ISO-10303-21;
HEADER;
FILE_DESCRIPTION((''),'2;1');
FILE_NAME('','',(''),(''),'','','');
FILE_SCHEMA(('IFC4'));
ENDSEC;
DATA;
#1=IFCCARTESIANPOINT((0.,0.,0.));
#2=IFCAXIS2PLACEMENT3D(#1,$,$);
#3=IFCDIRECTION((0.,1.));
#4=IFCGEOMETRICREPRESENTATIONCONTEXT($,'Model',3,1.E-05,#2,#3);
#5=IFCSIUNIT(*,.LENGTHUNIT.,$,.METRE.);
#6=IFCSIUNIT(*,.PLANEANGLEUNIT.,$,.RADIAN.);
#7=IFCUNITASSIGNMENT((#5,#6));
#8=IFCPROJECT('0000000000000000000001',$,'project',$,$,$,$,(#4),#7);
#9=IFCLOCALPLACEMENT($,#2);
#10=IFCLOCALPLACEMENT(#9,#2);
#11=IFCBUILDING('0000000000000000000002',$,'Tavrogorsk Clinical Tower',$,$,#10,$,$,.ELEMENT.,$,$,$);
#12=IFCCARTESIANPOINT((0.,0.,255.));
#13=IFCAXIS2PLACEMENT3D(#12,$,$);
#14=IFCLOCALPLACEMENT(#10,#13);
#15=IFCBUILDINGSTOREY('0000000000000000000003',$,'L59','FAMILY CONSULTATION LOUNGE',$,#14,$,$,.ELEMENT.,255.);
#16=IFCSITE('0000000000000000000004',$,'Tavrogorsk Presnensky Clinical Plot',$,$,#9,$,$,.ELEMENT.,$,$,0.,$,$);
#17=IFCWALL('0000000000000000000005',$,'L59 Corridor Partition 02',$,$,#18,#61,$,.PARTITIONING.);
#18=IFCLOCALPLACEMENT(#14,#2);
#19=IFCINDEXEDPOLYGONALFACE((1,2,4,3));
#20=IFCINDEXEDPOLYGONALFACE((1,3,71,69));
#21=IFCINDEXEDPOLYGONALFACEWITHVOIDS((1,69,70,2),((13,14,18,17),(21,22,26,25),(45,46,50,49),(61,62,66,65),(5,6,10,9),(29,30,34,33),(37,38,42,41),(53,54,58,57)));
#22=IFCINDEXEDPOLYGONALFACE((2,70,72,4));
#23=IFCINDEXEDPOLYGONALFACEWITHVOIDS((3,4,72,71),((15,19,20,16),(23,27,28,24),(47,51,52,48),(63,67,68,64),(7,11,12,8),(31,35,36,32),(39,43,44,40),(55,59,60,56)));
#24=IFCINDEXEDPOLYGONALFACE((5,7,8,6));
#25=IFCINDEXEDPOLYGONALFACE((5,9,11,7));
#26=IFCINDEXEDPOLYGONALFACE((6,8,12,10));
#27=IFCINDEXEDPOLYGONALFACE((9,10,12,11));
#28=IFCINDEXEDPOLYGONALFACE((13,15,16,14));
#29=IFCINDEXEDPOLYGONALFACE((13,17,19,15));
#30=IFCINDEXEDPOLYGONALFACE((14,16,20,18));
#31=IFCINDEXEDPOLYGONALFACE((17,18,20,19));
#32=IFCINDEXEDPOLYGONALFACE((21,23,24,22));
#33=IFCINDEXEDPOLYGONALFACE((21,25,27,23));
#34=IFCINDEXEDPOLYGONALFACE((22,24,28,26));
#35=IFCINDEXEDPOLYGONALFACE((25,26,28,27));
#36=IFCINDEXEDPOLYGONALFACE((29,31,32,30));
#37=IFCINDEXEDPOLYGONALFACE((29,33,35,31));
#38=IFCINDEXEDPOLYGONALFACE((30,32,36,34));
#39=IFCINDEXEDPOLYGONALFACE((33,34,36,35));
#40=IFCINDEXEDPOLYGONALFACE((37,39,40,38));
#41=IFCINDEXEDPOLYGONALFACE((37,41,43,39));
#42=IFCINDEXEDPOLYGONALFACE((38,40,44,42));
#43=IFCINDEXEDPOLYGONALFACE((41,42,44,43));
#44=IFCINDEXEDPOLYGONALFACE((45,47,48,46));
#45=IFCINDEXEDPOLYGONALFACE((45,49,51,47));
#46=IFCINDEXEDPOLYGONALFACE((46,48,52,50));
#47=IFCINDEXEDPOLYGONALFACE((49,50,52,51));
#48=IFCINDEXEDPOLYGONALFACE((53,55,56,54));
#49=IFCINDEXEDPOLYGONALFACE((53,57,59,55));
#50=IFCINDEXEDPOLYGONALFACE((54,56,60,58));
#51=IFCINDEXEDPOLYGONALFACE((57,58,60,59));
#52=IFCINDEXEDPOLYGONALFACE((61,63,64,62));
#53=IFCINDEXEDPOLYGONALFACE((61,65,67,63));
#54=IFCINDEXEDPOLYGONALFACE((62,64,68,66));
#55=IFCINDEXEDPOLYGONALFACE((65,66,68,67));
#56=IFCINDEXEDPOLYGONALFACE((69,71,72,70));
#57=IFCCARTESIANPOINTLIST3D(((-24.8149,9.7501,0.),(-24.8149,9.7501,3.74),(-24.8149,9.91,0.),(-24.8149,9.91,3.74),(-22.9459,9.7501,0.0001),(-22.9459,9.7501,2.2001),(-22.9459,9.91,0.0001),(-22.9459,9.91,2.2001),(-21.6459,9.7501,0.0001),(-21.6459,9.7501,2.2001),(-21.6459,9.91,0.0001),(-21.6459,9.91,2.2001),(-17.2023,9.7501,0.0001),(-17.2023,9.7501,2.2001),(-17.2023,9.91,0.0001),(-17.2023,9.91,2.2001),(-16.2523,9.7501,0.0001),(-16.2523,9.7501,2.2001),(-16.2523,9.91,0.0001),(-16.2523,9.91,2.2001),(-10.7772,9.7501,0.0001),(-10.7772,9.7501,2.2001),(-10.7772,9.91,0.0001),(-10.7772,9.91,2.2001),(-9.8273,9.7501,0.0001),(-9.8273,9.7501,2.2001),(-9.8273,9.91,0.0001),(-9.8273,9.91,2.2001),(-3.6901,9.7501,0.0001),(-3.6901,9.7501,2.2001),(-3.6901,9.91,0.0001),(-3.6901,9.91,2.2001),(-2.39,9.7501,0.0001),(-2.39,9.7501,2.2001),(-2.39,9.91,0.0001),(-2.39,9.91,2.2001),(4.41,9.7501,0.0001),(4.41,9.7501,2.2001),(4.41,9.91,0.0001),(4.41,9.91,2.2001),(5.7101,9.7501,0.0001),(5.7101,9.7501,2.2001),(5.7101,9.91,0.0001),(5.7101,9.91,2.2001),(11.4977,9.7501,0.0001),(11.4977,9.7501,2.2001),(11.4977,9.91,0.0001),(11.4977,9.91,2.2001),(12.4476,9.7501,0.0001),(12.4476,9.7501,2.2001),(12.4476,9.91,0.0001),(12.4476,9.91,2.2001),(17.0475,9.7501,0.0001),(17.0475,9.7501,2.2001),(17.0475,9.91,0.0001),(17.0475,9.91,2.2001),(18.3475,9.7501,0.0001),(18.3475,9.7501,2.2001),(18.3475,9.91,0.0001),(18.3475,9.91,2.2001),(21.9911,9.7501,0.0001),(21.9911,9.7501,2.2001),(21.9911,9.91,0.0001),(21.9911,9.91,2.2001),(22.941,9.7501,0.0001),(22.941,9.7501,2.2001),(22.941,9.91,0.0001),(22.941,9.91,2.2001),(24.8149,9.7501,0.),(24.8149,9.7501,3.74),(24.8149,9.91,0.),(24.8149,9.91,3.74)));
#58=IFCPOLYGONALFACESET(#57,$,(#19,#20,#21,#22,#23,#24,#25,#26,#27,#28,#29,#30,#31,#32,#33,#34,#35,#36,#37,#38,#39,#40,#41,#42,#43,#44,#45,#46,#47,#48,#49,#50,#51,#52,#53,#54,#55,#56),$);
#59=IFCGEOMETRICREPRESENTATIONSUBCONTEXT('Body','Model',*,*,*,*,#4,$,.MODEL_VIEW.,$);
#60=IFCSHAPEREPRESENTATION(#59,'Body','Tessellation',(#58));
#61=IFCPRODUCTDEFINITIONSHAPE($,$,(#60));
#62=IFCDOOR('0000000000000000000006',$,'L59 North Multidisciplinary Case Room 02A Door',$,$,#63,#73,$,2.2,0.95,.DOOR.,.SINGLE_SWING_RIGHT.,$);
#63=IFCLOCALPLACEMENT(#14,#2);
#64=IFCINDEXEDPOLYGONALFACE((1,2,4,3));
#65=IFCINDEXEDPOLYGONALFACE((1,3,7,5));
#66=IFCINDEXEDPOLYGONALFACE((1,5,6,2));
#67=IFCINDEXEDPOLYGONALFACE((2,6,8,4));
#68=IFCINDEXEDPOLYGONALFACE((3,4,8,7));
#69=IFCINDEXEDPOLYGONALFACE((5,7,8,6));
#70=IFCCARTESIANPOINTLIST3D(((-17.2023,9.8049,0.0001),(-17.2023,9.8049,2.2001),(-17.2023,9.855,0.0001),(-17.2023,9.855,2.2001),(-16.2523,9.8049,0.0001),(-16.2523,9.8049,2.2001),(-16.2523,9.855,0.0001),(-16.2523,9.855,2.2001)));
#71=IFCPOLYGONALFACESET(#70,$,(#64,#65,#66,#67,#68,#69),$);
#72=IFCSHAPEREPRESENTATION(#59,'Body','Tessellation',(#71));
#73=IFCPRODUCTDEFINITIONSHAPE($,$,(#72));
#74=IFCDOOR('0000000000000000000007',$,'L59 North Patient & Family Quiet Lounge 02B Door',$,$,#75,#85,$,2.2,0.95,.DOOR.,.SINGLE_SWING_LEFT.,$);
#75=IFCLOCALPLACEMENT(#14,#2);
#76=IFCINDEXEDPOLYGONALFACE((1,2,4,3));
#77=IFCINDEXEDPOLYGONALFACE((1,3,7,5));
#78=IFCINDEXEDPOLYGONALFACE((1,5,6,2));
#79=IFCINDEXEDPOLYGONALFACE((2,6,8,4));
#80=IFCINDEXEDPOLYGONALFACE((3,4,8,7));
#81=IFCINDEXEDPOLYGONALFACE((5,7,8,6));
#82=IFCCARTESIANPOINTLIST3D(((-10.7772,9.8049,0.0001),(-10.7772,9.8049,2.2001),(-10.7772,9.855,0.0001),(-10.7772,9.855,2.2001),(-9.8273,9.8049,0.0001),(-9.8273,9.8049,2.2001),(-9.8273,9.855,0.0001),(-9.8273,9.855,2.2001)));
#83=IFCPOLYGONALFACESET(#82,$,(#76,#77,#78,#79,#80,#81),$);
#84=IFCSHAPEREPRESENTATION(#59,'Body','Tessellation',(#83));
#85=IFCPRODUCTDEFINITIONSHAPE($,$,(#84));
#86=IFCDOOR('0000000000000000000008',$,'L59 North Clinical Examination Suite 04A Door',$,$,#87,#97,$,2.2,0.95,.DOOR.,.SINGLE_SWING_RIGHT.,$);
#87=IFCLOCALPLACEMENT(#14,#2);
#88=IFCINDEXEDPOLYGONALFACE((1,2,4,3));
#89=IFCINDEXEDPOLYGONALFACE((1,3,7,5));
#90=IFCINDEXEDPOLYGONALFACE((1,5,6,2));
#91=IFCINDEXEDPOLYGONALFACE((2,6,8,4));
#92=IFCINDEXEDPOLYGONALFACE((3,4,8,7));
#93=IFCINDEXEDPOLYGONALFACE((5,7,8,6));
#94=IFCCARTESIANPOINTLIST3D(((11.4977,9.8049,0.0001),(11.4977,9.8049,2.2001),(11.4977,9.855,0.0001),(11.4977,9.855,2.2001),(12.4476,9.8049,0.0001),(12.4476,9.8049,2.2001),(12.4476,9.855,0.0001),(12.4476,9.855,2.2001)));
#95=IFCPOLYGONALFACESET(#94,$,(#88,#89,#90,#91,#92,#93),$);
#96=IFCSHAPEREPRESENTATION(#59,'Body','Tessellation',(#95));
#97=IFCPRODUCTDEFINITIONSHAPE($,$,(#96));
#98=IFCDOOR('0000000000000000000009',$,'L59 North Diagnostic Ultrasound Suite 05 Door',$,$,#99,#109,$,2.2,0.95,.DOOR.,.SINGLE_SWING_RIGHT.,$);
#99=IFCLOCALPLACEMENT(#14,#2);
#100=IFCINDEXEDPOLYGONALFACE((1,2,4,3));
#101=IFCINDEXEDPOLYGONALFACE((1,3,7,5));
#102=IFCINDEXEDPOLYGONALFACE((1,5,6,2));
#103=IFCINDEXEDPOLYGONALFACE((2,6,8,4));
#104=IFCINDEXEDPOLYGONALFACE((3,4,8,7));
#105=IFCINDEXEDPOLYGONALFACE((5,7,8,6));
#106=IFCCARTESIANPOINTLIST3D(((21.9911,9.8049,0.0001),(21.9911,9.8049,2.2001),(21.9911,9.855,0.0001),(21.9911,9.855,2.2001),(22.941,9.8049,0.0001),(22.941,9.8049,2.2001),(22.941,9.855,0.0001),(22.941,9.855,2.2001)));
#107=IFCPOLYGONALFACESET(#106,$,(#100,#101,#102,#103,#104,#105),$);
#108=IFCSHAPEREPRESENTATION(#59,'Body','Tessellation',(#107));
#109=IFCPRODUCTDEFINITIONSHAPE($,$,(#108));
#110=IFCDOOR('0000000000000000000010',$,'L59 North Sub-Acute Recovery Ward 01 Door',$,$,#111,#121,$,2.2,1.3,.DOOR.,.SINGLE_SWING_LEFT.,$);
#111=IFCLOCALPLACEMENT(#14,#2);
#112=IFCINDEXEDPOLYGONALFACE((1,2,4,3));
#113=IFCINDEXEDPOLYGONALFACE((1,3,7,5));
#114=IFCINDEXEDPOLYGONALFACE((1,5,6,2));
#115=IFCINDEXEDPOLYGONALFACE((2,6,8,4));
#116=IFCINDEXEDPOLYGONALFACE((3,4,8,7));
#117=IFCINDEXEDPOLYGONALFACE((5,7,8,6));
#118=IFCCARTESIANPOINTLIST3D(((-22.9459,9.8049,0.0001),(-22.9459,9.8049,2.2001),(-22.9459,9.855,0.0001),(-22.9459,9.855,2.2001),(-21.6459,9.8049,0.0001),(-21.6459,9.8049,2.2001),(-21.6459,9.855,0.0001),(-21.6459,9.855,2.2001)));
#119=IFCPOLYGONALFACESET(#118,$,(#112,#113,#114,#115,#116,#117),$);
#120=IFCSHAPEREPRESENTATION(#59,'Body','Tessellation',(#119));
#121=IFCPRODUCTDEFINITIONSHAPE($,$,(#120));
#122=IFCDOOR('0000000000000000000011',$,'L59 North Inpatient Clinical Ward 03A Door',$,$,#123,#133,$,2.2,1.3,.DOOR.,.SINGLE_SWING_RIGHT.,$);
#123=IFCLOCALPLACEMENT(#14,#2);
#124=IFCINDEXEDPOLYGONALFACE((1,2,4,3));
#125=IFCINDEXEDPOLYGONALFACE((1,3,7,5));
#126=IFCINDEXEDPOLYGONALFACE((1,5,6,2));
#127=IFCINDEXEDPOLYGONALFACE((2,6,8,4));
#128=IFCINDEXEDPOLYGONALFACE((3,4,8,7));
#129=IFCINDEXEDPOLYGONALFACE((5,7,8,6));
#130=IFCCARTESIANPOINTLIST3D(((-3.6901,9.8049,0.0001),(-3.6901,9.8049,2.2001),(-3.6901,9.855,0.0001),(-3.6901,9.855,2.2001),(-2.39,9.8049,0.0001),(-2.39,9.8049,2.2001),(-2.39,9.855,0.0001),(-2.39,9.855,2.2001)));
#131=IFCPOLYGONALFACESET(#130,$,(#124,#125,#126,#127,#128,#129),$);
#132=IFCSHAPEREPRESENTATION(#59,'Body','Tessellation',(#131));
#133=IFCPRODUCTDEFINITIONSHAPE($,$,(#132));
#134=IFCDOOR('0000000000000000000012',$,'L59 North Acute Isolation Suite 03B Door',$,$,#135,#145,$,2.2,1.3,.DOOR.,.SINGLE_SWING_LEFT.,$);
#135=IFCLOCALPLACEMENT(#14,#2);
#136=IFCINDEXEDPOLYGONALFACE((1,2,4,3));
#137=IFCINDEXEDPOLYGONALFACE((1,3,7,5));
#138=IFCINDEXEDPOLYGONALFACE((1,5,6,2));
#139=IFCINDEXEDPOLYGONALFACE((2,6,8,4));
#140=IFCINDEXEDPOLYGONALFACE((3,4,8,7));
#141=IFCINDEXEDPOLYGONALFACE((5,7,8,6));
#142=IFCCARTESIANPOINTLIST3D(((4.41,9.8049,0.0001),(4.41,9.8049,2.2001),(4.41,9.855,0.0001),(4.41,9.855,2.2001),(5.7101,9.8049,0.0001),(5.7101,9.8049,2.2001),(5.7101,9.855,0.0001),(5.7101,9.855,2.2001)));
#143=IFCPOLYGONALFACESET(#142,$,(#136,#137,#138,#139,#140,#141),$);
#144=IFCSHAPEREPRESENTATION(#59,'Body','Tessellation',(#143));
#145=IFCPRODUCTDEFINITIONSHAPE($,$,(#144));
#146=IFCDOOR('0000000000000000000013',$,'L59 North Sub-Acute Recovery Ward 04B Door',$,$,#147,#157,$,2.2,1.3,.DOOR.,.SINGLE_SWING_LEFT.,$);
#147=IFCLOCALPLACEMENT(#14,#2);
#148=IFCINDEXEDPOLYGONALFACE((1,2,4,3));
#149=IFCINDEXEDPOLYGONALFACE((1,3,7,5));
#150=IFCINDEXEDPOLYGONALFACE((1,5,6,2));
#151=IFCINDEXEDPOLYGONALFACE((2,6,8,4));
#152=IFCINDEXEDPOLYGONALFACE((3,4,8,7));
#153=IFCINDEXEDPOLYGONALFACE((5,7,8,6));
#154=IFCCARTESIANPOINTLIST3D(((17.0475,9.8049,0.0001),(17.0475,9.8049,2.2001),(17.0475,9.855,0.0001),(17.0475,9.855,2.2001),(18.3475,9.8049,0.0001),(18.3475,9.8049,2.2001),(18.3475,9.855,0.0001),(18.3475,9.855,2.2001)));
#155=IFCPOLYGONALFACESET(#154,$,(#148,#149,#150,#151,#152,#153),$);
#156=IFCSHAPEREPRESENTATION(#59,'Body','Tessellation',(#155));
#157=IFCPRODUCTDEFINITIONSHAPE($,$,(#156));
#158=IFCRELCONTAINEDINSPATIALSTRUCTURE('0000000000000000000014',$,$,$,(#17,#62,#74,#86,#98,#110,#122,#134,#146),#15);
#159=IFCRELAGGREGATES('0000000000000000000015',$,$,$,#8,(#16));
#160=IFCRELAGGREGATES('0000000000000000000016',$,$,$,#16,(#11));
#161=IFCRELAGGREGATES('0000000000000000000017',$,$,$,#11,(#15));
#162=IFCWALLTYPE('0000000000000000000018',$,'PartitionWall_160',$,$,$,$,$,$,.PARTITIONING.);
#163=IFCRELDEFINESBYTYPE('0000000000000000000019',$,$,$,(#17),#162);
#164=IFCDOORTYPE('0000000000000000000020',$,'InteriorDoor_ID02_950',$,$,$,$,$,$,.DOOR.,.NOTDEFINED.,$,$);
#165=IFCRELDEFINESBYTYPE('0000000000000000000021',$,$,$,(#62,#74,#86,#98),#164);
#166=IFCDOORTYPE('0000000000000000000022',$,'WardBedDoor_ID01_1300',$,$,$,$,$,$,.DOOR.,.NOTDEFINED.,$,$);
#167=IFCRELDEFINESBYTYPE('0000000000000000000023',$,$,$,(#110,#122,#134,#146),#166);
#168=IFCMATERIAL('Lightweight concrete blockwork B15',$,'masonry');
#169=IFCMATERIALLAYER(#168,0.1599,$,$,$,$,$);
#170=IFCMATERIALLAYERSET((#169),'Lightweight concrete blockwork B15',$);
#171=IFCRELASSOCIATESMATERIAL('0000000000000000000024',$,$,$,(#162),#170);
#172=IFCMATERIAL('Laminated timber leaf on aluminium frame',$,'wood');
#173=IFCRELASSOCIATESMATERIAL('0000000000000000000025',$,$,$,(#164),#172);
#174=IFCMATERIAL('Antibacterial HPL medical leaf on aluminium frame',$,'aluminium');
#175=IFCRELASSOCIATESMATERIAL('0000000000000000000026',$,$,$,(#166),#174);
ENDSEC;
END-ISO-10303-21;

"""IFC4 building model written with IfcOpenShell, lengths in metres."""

from ifc_helpers import new_model, si_unit, direction, frame, frame_2d, origin, place, context, subcontext, project, spatial, rectangle, extrude, material, layer, layer_set, type_object, element, fill, save


model = new_model("IFC4")

# Units and contexts
model_context = context("Model", 3, precision=1e-05, world=origin(), true_north=direction((0.0, 1.0)))
body_context = subcontext(model_context, "Body", "Model", "MODEL_VIEW")
ifc_project = project(units=[si_unit("LENGTHUNIT", "METRE"), si_unit("PLANEANGLEUNIT", "RADIAN")], contexts=[model_context])

# Site, building, storey
site_placement = place(None, origin())
site = spatial("IfcSite", under=ifc_project, at=site_placement, Name="Tavrogorsk Presnensky Clinical Plot", CompositionType="ELEMENT", RefElevation=0.0)
building_placement = place(site_placement, origin())
building = spatial("IfcBuilding", under=site, at=building_placement, Name="Tavrogorsk Clinical Tower", CompositionType="ELEMENT")
storey_placement = place(building_placement, frame((0.0, 0.0, 255.0)))
storey = spatial("IfcBuildingStorey", under=building, at=storey_placement, Name="L59", Description="FAMILY CONSULTATION LOUNGE", CompositionType="ELEMENT", Elevation=255.0)

# Wall, openings, doors
ifc_material_1 = material(Name="Lightweight concrete blockwork B15", Category="masonry")
ifc_layer = layer(ifc_material_1, 0.1599)
ifc_layer_set = layer_set([ifc_layer], Name="Lightweight concrete blockwork B15")
wall_type = type_object("IfcWallType", Name="PartitionWall_160", PredefinedType="PARTITIONING", material=ifc_layer_set)
wall_1_placement = place(storey_placement, frame((-24.8149, 9.8301, 0.0), z_axis=(0.0, 0.0, 1.0), x_axis=(1.0, 0.0, 0.0)))
wall_1 = element("IfcWall", 1, at=wall_1_placement, inside=storey, type_object=wall_type, Name="L59 Corridor Partition 02", PredefinedType="PARTITIONING", context=body_context, shape_type="SweptSolid", body=[
    extrude(rectangle(XDim=49.6299, YDim=0.1599, at=frame_2d((24.8149, 0.0))), origin(), (0.0, 0.0, 1.0), 3.74),
])
opening_1_placement = place(wall_1_placement, frame((1.8691, 0.0, 0.0)))
opening_1 = element("IfcOpeningElement", 2, at=opening_1_placement, cuts=wall_1, PredefinedType="OPENING", context=body_context, shape_type="SweptSolid", body=[
    extrude(rectangle(XDim=1.3, YDim=2.2, at=frame_2d((0.6499, 1.1001))), frame((0.0, 0.0898, 0.0), z_axis=(0.0, -1.0, 0.0), x_axis=(1.0, 0.0, 0.0)), (0.0, 0.0, 1.0), 0.1799),
])
opening_2_placement = place(wall_1_placement, frame((7.6125, 0.0, 0.0)))
opening_2 = element("IfcOpeningElement", 3, at=opening_2_placement, cuts=wall_1, PredefinedType="OPENING", context=body_context, shape_type="SweptSolid", body=[
    extrude(rectangle(XDim=0.95, YDim=2.2, at=frame_2d((0.4751, 1.1001))), frame((0.0, 0.0898, 0.0), z_axis=(0.0, -1.0, 0.0), x_axis=(1.0, 0.0, 0.0)), (0.0, 0.0, 1.0), 0.1799),
])
opening_3_placement = place(wall_1_placement, frame((14.0376, 0.0, 0.0)))
opening_3 = element("IfcOpeningElement", 4, at=opening_3_placement, cuts=wall_1, PredefinedType="OPENING", context=body_context, shape_type="SweptSolid", body=[
    extrude(rectangle(XDim=0.95, YDim=2.2, at=frame_2d((0.4751, 1.1001))), frame((0.0, 0.0898, 0.0), z_axis=(0.0, -1.0, 0.0), x_axis=(1.0, 0.0, 0.0)), (0.0, 0.0, 1.0), 0.1799),
])
opening_4_placement = place(wall_1_placement, frame((21.125, 0.0, 0.0)))
opening_4 = element("IfcOpeningElement", 5, at=opening_4_placement, cuts=wall_1, PredefinedType="OPENING", context=body_context, shape_type="SweptSolid", body=[
    extrude(rectangle(XDim=1.3, YDim=2.2, at=frame_2d((0.6499, 1.1001))), frame((0.0, 0.0898, 0.0), z_axis=(0.0, -1.0, 0.0), x_axis=(1.0, 0.0, 0.0)), (0.0, 0.0, 1.0), 0.1799),
])
opening_5_placement = place(wall_1_placement, frame((29.2251, 0.0, 0.0)))
opening_5 = element("IfcOpeningElement", 6, at=opening_5_placement, cuts=wall_1, PredefinedType="OPENING", context=body_context, shape_type="SweptSolid", body=[
    extrude(rectangle(XDim=1.3, YDim=2.2, at=frame_2d((0.6499, 1.1001))), frame((0.0, 0.0898, 0.0), z_axis=(0.0, -1.0, 0.0), x_axis=(1.0, 0.0, 0.0)), (0.0, 0.0, 1.0), 0.1799),
])
opening_6_placement = place(wall_1_placement, frame((36.3125, 0.0, 0.0)))
opening_6 = element("IfcOpeningElement", 7, at=opening_6_placement, cuts=wall_1, PredefinedType="OPENING", context=body_context, shape_type="SweptSolid", body=[
    extrude(rectangle(XDim=0.95, YDim=2.2, at=frame_2d((0.4751, 1.1001))), frame((0.0, 0.0898, 0.0), z_axis=(0.0, -1.0, 0.0), x_axis=(1.0, 0.0, 0.0)), (0.0, 0.0, 1.0), 0.1799),
])
opening_7_placement = place(wall_1_placement, frame((41.8625, 0.0, 0.0)))
opening_7 = element("IfcOpeningElement", 8, at=opening_7_placement, cuts=wall_1, PredefinedType="OPENING", context=body_context, shape_type="SweptSolid", body=[
    extrude(rectangle(XDim=1.3, YDim=2.2, at=frame_2d((0.6499, 1.1001))), frame((0.0, 0.0898, 0.0), z_axis=(0.0, -1.0, 0.0), x_axis=(1.0, 0.0, 0.0)), (0.0, 0.0, 1.0), 0.1799),
])
opening_8_placement = place(wall_1_placement, frame((46.8059, 0.0, 0.0)))
opening_8 = element("IfcOpeningElement", 9, at=opening_8_placement, cuts=wall_1, PredefinedType="OPENING", context=body_context, shape_type="SweptSolid", body=[
    extrude(rectangle(XDim=0.95, YDim=2.2, at=frame_2d((0.4751, 1.1001))), frame((0.0, 0.0898, 0.0), z_axis=(0.0, -1.0, 0.0), x_axis=(1.0, 0.0, 0.0)), (0.0, 0.0, 1.0), 0.1799),
])
ifc_material_2 = material(Name="Laminated timber leaf on aluminium frame", Category="wood")
door_type_1 = type_object("IfcDoorType", Name="InteriorDoor_ID02_950", OperationType="NOTDEFINED", PredefinedType="DOOR", material=ifc_material_2)
door_1_placement = place(opening_2_placement, origin())
door_1 = element("IfcDoor", 10, at=door_1_placement, inside=storey, type_object=door_type_1, Name="L59 North Multidisciplinary Case Room 02A Door", OperationType="SINGLE_SWING_RIGHT", OverallHeight=2.2, OverallWidth=0.95, PredefinedType="DOOR", context=body_context, shape_type="SweptSolid", body=[
    extrude(rectangle(XDim=0.95, YDim=2.2, at=frame_2d((0.4751, 1.1001))), frame((0.0, 0.0249, 0.0), z_axis=(0.0, -1.0, 0.0), x_axis=(1.0, 0.0, 0.0)), (0.0, 0.0, 1.0), 0.05),
])
fill(opening_2, door_1)
door_2_placement = place(opening_3_placement, origin())
door_2 = element("IfcDoor", 11, at=door_2_placement, inside=storey, type_object=door_type_1, Name="L59 North Patient & Family Quiet Lounge 02B Door", OperationType="SINGLE_SWING_LEFT", OverallHeight=2.2, OverallWidth=0.95, PredefinedType="DOOR", context=body_context, shape_type="SweptSolid", body=[
    extrude(rectangle(XDim=0.95, YDim=2.2, at=frame_2d((0.4751, 1.1001))), frame((0.0, 0.0249, 0.0), z_axis=(0.0, -1.0, 0.0), x_axis=(1.0, 0.0, 0.0)), (0.0, 0.0, 1.0), 0.05),
])
fill(opening_3, door_2)
door_3_placement = place(opening_6_placement, origin())
door_3 = element("IfcDoor", 12, at=door_3_placement, inside=storey, type_object=door_type_1, Name="L59 North Clinical Examination Suite 04A Door", OperationType="SINGLE_SWING_RIGHT", OverallHeight=2.2, OverallWidth=0.95, PredefinedType="DOOR", context=body_context, shape_type="SweptSolid", body=[
    extrude(rectangle(XDim=0.95, YDim=2.2, at=frame_2d((0.4751, 1.1001))), frame((0.0, 0.0249, 0.0), z_axis=(0.0, -1.0, 0.0), x_axis=(1.0, 0.0, 0.0)), (0.0, 0.0, 1.0), 0.05),
])
fill(opening_6, door_3)
door_4_placement = place(opening_8_placement, origin())
door_4 = element("IfcDoor", 13, at=door_4_placement, inside=storey, type_object=door_type_1, Name="L59 North Diagnostic Ultrasound Suite 05 Door", OperationType="SINGLE_SWING_RIGHT", OverallHeight=2.2, OverallWidth=0.95, PredefinedType="DOOR", context=body_context, shape_type="SweptSolid", body=[
    extrude(rectangle(XDim=0.95, YDim=2.2, at=frame_2d((0.4751, 1.1001))), frame((0.0, 0.0249, 0.0), z_axis=(0.0, -1.0, 0.0), x_axis=(1.0, 0.0, 0.0)), (0.0, 0.0, 1.0), 0.05),
])
fill(opening_8, door_4)
ifc_material_3 = material(Name="Antibacterial HPL medical leaf on aluminium frame", Category="aluminium")
door_type_2 = type_object("IfcDoorType", Name="WardBedDoor_ID01_1300", OperationType="NOTDEFINED", PredefinedType="DOOR", material=ifc_material_3)
door_5_placement = place(opening_1_placement, origin())
door_5 = element("IfcDoor", 14, at=door_5_placement, inside=storey, type_object=door_type_2, Name="L59 North Sub-Acute Recovery Ward 01 Door", OperationType="SINGLE_SWING_LEFT", OverallHeight=2.2, OverallWidth=1.3, PredefinedType="DOOR", context=body_context, shape_type="SweptSolid", body=[
    extrude(rectangle(XDim=1.3, YDim=2.2, at=frame_2d((0.6499, 1.1001))), frame((0.0, 0.0249, 0.0), z_axis=(0.0, -1.0, 0.0), x_axis=(1.0, 0.0, 0.0)), (0.0, 0.0, 1.0), 0.05),
])
fill(opening_1, door_5)
door_6_placement = place(opening_4_placement, origin())
door_6 = element("IfcDoor", 15, at=door_6_placement, inside=storey, type_object=door_type_2, Name="L59 North Inpatient Clinical Ward 03A Door", OperationType="SINGLE_SWING_RIGHT", OverallHeight=2.2, OverallWidth=1.3, PredefinedType="DOOR", context=body_context, shape_type="SweptSolid", body=[
    extrude(rectangle(XDim=1.3, YDim=2.2, at=frame_2d((0.6499, 1.1001))), frame((0.0, 0.0249, 0.0), z_axis=(0.0, -1.0, 0.0), x_axis=(1.0, 0.0, 0.0)), (0.0, 0.0, 1.0), 0.05),
])
fill(opening_4, door_6)
door_7_placement = place(opening_5_placement, origin())
door_7 = element("IfcDoor", 16, at=door_7_placement, inside=storey, type_object=door_type_2, Name="L59 North Acute Isolation Suite 03B Door", OperationType="SINGLE_SWING_LEFT", OverallHeight=2.2, OverallWidth=1.3, PredefinedType="DOOR", context=body_context, shape_type="SweptSolid", body=[
    extrude(rectangle(XDim=1.3, YDim=2.2, at=frame_2d((0.6499, 1.1001))), frame((0.0, 0.0249, 0.0), z_axis=(0.0, -1.0, 0.0), x_axis=(1.0, 0.0, 0.0)), (0.0, 0.0, 1.0), 0.05),
])
fill(opening_5, door_7)
door_8_placement = place(opening_7_placement, origin())
door_8 = element("IfcDoor", 17, at=door_8_placement, inside=storey, type_object=door_type_2, Name="L59 North Sub-Acute Recovery Ward 04B Door", OperationType="SINGLE_SWING_LEFT", OverallHeight=2.2, OverallWidth=1.3, PredefinedType="DOOR", context=body_context, shape_type="SweptSolid", body=[
    extrude(rectangle(XDim=1.3, YDim=2.2, at=frame_2d((0.6499, 1.1001))), frame((0.0, 0.0249, 0.0), z_axis=(0.0, -1.0, 0.0), x_axis=(1.0, 0.0, 0.0)), (0.0, 0.0, 1.0), 0.05),
])
fill(opening_7, door_8)

save(model, "model.ifc")
